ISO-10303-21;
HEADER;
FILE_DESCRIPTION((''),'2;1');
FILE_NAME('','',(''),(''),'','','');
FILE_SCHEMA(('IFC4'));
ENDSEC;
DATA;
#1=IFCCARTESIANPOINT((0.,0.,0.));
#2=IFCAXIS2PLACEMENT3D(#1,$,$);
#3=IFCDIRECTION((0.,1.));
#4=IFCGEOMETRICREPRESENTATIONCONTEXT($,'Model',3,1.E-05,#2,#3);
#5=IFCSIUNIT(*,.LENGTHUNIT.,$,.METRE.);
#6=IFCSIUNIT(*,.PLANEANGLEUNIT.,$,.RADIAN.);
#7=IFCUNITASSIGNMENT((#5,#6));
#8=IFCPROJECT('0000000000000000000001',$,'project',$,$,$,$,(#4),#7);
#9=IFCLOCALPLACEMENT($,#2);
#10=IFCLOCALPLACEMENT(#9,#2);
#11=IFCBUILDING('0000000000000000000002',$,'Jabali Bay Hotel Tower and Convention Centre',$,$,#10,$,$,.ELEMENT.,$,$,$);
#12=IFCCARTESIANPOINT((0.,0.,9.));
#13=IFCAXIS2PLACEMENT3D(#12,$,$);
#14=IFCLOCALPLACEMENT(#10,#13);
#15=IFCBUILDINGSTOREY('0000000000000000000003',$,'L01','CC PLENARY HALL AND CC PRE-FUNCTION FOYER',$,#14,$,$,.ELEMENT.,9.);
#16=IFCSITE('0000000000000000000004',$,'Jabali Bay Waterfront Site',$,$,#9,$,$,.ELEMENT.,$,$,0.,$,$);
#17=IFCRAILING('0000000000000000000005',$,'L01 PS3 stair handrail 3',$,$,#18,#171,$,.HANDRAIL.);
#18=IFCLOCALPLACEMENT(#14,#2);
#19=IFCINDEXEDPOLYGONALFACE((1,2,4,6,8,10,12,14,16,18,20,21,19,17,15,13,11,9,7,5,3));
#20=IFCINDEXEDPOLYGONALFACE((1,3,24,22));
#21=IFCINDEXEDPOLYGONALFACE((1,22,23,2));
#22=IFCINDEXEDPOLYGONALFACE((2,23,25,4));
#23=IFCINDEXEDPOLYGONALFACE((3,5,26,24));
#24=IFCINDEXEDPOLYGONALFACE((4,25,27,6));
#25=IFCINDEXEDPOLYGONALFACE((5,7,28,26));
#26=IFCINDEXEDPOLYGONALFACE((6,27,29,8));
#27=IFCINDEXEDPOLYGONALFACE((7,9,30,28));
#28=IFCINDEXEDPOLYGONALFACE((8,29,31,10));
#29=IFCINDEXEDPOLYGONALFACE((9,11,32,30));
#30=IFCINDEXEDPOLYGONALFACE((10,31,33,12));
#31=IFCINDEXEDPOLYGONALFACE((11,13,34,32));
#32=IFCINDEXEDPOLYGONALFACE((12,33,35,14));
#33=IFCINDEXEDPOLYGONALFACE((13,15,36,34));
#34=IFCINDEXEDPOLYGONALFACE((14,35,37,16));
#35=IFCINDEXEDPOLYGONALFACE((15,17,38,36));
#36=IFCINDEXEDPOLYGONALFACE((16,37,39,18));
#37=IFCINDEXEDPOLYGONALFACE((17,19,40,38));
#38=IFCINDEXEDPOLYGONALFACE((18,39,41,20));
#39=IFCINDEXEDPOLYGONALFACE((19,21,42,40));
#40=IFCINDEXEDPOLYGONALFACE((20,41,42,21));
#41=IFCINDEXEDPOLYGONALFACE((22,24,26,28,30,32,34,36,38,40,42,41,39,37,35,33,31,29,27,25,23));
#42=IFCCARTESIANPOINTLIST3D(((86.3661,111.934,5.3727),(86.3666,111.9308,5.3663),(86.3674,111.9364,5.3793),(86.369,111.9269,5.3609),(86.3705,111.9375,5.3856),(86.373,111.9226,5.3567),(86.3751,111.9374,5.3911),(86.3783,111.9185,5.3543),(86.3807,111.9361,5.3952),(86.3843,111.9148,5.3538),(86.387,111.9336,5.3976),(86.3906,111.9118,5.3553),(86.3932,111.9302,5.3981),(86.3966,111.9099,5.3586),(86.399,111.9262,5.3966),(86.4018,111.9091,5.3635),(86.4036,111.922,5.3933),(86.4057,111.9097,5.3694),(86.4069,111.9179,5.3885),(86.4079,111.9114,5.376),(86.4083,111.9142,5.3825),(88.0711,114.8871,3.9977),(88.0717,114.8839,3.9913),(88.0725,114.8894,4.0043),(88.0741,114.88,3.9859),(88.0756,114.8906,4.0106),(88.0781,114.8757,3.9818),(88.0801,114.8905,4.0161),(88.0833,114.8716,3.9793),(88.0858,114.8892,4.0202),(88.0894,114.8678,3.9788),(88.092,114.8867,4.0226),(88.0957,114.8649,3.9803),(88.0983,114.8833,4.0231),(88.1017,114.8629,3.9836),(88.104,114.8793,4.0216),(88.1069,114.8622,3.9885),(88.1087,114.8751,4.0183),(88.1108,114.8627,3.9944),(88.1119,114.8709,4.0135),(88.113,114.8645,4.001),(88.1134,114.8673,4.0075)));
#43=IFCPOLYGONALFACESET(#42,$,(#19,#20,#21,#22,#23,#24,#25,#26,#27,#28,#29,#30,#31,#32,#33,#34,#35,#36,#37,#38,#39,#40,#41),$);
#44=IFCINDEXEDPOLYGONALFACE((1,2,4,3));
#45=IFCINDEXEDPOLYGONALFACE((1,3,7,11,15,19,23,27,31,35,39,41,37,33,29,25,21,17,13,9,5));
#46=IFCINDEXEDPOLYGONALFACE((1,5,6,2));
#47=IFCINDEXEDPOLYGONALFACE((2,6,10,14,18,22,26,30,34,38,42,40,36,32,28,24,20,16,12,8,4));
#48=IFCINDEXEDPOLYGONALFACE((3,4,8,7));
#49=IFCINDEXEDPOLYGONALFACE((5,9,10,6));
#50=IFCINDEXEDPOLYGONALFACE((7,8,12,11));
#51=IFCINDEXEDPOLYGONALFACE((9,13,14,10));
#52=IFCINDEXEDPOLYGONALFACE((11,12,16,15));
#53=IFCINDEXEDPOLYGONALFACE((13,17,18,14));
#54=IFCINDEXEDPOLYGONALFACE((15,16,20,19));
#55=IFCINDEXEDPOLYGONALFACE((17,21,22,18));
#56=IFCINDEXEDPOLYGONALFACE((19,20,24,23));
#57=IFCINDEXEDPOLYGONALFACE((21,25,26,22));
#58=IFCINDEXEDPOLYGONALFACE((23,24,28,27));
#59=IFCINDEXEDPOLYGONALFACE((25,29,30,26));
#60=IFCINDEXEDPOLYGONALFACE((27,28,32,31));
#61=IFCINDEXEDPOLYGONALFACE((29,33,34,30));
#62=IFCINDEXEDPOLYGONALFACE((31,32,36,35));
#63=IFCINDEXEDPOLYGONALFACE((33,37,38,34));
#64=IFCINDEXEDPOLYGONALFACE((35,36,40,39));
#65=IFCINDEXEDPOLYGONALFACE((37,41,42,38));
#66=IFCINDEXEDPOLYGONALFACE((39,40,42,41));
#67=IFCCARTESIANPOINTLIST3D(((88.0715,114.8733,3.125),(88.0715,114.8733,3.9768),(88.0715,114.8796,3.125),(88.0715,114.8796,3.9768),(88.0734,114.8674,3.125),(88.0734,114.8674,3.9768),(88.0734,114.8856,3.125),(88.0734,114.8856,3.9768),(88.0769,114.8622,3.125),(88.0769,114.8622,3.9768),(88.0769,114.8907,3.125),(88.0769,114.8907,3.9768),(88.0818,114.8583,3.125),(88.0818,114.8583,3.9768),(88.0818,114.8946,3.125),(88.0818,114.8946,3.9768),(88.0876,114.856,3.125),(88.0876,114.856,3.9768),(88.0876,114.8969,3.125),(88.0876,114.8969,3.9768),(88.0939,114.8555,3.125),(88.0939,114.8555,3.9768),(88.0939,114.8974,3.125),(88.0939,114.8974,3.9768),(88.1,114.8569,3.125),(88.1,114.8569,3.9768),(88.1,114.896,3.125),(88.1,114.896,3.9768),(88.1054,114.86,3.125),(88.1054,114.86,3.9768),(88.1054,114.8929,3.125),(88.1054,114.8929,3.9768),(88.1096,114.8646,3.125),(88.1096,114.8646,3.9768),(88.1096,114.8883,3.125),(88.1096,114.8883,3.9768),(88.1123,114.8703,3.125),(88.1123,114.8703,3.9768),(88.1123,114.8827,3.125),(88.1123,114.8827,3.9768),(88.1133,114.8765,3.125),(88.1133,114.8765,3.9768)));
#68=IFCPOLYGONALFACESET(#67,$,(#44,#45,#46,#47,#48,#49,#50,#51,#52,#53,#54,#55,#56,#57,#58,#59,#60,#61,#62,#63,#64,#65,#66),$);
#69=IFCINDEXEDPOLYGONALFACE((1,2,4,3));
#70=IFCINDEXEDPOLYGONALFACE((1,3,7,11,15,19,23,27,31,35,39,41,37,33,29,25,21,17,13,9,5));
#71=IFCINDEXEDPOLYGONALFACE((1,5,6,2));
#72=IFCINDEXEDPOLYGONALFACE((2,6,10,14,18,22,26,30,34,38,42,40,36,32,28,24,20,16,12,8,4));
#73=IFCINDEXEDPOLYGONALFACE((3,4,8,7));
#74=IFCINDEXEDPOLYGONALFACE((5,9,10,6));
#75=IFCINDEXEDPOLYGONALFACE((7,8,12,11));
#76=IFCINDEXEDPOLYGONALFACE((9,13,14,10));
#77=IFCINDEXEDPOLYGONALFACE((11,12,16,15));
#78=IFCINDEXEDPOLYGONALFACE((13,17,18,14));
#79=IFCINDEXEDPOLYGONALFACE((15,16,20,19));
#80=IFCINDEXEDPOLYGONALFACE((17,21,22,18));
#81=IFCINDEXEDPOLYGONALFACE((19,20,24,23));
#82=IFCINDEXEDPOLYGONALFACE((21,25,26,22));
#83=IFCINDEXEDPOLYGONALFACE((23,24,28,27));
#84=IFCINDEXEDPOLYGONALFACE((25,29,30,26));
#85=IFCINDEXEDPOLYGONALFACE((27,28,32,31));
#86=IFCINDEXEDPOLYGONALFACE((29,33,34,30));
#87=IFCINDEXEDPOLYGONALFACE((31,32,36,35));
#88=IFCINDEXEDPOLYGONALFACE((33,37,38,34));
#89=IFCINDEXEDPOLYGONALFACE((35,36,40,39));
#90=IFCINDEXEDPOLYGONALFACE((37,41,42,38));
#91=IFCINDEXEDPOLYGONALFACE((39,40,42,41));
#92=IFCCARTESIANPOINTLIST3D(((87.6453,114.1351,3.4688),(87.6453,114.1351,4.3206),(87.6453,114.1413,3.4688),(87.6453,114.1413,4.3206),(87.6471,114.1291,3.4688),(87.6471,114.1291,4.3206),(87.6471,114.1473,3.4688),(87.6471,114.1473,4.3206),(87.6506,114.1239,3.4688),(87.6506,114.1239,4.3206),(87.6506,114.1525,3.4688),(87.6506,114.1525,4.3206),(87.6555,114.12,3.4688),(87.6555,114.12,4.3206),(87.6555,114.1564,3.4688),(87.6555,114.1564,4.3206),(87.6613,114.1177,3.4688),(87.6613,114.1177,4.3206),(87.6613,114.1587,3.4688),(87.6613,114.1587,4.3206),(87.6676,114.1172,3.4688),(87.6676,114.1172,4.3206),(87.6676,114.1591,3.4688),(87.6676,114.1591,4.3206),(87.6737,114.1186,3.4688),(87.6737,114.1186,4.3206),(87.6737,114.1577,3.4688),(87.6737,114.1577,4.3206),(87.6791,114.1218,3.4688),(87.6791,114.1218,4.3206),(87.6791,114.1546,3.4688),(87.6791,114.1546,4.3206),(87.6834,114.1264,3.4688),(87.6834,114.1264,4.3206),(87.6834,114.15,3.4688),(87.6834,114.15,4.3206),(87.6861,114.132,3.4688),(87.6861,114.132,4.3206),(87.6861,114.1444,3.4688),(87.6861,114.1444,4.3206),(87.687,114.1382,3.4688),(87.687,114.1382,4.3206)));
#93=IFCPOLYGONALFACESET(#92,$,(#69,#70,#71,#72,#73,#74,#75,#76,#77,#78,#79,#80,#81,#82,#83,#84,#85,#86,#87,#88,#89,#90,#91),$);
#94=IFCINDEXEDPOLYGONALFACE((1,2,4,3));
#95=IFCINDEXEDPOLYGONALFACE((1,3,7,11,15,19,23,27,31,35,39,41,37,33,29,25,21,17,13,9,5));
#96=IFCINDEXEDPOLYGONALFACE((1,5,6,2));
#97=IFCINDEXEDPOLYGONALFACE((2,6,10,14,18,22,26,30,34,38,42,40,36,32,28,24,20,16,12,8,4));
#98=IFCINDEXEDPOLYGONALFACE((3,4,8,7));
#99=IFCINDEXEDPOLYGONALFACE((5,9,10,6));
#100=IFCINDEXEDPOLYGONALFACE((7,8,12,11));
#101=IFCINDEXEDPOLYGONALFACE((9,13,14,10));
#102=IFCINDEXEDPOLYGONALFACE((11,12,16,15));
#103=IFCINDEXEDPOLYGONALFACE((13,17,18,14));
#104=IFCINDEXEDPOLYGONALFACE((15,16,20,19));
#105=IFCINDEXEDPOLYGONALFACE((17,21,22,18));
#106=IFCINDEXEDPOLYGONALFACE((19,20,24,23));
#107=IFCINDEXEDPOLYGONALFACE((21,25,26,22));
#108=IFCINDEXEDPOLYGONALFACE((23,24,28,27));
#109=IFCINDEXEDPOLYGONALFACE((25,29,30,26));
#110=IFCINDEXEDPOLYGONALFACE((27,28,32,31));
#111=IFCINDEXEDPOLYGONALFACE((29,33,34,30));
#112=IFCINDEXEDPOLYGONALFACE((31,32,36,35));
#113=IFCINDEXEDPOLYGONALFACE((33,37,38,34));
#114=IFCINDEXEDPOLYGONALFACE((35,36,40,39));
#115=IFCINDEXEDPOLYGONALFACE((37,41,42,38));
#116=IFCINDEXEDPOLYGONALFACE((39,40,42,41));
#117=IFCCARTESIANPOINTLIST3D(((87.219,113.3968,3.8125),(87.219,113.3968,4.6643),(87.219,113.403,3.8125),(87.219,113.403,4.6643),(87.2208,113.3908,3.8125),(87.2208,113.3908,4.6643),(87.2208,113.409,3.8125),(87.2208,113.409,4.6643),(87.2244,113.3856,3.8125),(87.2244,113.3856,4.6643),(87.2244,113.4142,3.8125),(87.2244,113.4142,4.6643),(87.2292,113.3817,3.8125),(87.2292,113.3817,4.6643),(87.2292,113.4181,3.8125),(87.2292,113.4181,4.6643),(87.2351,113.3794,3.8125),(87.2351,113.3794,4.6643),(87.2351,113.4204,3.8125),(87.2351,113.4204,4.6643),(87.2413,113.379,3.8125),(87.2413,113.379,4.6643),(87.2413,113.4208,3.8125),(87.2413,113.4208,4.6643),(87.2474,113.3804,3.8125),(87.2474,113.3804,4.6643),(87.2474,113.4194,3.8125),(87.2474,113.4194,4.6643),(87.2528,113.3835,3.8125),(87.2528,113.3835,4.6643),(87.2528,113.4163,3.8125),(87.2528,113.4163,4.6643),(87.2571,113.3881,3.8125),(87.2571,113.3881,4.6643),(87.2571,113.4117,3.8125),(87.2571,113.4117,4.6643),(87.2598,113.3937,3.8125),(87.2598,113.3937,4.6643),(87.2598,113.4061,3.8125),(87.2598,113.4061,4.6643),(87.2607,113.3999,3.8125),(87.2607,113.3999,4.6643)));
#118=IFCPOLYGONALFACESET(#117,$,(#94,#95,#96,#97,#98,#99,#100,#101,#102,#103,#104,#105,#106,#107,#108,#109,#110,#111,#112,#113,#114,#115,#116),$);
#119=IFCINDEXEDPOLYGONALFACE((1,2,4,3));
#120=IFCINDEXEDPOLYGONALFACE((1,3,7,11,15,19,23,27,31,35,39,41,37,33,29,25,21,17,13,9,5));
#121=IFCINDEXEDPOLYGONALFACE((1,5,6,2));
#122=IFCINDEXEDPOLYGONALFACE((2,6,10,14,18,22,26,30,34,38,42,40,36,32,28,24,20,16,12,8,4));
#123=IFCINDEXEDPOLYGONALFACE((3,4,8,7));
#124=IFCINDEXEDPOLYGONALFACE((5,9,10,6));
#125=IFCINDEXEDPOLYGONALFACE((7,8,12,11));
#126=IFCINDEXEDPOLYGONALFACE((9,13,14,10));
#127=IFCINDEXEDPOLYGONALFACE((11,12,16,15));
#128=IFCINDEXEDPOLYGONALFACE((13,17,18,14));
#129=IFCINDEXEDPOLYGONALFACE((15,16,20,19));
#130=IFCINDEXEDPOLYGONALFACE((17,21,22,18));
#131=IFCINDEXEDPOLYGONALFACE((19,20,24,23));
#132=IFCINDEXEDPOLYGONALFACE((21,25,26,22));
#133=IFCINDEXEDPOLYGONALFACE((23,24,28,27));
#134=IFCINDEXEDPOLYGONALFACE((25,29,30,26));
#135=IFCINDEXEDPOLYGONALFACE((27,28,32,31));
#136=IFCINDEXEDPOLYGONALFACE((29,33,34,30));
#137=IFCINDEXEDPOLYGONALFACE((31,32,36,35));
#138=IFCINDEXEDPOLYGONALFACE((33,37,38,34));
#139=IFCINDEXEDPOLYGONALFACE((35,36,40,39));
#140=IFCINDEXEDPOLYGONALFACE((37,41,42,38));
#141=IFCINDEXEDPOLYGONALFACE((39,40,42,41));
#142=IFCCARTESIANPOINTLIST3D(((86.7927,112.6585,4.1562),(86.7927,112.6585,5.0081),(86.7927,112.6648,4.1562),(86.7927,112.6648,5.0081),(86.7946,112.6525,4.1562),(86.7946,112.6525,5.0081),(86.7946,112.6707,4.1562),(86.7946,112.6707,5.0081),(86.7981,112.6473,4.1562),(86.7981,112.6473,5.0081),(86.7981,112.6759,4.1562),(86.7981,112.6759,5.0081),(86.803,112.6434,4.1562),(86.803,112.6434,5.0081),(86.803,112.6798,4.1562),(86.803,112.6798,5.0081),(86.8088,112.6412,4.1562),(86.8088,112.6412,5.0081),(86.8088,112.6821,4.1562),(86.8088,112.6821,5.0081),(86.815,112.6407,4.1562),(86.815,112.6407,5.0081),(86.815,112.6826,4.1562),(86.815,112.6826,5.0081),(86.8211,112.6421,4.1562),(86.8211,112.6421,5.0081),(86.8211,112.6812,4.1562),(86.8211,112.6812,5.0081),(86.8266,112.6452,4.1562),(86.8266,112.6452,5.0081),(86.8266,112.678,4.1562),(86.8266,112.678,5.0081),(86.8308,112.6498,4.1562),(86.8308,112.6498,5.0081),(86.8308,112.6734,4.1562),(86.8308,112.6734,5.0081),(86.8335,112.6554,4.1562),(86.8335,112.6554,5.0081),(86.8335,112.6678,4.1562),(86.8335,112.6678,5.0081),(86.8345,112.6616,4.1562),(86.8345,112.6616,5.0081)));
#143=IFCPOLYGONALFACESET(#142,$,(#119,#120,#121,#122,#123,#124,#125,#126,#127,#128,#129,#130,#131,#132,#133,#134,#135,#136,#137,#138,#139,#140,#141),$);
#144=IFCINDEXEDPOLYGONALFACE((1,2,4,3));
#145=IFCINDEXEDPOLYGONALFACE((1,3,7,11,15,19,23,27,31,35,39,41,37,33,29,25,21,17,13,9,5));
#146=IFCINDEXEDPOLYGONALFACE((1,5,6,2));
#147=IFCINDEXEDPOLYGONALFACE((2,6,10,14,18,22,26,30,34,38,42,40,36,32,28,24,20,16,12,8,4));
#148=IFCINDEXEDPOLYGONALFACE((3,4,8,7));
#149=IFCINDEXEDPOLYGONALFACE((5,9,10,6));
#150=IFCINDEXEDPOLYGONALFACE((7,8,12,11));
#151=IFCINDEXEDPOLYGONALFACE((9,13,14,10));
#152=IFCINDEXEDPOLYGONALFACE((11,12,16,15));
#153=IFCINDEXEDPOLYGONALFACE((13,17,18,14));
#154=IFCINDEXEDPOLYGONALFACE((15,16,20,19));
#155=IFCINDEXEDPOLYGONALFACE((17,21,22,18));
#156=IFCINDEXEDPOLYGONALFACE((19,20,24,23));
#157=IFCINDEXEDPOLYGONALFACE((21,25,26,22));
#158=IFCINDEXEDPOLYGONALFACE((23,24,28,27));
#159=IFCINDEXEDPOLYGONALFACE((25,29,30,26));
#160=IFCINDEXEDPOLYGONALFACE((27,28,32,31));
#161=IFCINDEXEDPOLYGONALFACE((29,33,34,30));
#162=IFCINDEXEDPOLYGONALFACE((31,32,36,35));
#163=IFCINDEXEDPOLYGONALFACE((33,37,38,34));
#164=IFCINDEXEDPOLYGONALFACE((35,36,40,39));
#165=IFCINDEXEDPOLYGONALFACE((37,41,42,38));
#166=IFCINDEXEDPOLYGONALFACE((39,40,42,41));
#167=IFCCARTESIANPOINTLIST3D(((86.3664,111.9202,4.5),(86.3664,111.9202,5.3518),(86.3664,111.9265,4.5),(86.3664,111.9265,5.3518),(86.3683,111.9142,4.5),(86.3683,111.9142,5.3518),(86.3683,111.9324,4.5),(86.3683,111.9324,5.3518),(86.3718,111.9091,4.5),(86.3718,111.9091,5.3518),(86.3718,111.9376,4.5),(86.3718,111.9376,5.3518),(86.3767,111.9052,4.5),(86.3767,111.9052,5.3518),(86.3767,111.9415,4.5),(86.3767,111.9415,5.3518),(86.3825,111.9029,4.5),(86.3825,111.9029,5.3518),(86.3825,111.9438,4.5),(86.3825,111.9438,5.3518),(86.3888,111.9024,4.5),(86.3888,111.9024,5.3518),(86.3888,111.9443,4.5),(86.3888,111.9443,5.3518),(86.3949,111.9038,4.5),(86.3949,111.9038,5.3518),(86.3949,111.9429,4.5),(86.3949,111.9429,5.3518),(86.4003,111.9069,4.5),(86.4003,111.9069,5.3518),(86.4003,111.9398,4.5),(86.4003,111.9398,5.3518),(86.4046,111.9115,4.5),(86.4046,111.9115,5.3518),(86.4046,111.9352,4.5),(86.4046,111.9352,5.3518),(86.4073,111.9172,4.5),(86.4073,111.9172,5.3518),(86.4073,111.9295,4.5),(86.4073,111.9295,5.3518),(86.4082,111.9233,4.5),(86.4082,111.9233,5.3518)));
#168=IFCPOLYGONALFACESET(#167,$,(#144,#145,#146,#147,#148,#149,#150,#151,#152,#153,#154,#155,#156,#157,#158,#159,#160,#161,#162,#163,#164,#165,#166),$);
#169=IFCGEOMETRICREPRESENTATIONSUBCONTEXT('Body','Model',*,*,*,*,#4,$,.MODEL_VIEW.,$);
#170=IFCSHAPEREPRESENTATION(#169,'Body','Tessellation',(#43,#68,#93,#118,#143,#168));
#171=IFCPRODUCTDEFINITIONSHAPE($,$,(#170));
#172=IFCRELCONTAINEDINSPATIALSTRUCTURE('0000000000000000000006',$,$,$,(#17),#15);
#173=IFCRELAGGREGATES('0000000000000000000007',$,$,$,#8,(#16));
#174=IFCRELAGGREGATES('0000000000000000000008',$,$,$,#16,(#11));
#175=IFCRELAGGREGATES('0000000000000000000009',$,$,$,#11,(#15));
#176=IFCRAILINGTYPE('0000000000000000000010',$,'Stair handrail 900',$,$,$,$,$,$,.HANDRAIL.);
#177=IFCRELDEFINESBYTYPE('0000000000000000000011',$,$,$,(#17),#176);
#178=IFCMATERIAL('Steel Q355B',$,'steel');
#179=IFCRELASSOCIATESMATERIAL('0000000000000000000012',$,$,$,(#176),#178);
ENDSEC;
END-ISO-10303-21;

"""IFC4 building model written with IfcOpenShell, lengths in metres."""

from ifc_helpers import new_model, si_unit, direction, frame, origin, origin_2d, place, context, subcontext, project, spatial, circle, extrude, material, type_object, element, save


model = new_model("IFC4")

# Units and contexts
model_context = context("Model", 3, precision=1e-05, world=origin(), true_north=direction((0.0, 1.0)))
body_context = subcontext(model_context, "Body", "Model", "MODEL_VIEW")
ifc_project = project(units=[si_unit("LENGTHUNIT", "METRE"), si_unit("PLANEANGLEUNIT", "RADIAN")], contexts=[model_context])

# Site, building, storey
site_placement = place(None, origin())
site = spatial("IfcSite", under=ifc_project, at=site_placement, Name="Jabali Bay Waterfront Site", CompositionType="ELEMENT", RefElevation=0.0)
building_placement = place(site_placement, origin())
building = spatial("IfcBuilding", under=site, at=building_placement, Name="Jabali Bay Hotel Tower and Convention Centre", CompositionType="ELEMENT")
storey_placement = place(building_placement, frame((0.0, 0.0, 9.0)))
storey = spatial("IfcBuildingStorey", under=building, at=storey_placement, Name="L01", Description="CC PLENARY HALL AND CC PRE-FUNCTION FOYER", CompositionType="ELEMENT", Elevation=9.0)

# Railing
ifc_material_1 = material(Name="Steel Q355B", Category="steel")
railing_type_1 = type_object("IfcRailingType", Name="Stair handrail 900", PredefinedType="HANDRAIL", material=ifc_material_1)
railing_1_placement = place(storey_placement, frame((88.0923, 114.8765, 3.125)))
element("IfcRailing", 1, at=railing_1_placement, inside=storey, type_object=railing_type_1, Name="L01 PS3 stair handrail 3", PredefinedType="HANDRAIL", context=body_context, shape_type="SweptSolid", body=[
    extrude(circle(Radius=0.0239, at=origin_2d()), frame((0.0, 0.0, 0.876), z_axis=(-0.46374, -0.803178, 0.373966), x_axis=(0.866014, -0.50002, 0.0)), (0.0, 0.0, 1.0), 3.6768),
    extrude(circle(Radius=0.021, at=origin_2d()), origin(), (0.0, 0.0, 1.0), 0.8518),
    extrude(circle(Radius=0.021, at=origin_2d()), frame((-0.4263, -0.7383, 0.3438)), (0.0, 0.0, 1.0), 0.8518),
    extrude(circle(Radius=0.021, at=origin_2d()), frame((-0.8525, -1.4766, 0.6875)), (0.0, 0.0, 1.0), 0.8518),
    extrude(circle(Radius=0.021, at=origin_2d()), frame((-1.2788, -2.2148, 1.0312)), (0.0, 0.0, 1.0), 0.8518),
    extrude(circle(Radius=0.021, at=origin_2d()), frame((-1.7051, -2.9531, 1.375)), (0.0, 0.0, 1.0), 0.8518),
])

save(model, "model.ifc")
